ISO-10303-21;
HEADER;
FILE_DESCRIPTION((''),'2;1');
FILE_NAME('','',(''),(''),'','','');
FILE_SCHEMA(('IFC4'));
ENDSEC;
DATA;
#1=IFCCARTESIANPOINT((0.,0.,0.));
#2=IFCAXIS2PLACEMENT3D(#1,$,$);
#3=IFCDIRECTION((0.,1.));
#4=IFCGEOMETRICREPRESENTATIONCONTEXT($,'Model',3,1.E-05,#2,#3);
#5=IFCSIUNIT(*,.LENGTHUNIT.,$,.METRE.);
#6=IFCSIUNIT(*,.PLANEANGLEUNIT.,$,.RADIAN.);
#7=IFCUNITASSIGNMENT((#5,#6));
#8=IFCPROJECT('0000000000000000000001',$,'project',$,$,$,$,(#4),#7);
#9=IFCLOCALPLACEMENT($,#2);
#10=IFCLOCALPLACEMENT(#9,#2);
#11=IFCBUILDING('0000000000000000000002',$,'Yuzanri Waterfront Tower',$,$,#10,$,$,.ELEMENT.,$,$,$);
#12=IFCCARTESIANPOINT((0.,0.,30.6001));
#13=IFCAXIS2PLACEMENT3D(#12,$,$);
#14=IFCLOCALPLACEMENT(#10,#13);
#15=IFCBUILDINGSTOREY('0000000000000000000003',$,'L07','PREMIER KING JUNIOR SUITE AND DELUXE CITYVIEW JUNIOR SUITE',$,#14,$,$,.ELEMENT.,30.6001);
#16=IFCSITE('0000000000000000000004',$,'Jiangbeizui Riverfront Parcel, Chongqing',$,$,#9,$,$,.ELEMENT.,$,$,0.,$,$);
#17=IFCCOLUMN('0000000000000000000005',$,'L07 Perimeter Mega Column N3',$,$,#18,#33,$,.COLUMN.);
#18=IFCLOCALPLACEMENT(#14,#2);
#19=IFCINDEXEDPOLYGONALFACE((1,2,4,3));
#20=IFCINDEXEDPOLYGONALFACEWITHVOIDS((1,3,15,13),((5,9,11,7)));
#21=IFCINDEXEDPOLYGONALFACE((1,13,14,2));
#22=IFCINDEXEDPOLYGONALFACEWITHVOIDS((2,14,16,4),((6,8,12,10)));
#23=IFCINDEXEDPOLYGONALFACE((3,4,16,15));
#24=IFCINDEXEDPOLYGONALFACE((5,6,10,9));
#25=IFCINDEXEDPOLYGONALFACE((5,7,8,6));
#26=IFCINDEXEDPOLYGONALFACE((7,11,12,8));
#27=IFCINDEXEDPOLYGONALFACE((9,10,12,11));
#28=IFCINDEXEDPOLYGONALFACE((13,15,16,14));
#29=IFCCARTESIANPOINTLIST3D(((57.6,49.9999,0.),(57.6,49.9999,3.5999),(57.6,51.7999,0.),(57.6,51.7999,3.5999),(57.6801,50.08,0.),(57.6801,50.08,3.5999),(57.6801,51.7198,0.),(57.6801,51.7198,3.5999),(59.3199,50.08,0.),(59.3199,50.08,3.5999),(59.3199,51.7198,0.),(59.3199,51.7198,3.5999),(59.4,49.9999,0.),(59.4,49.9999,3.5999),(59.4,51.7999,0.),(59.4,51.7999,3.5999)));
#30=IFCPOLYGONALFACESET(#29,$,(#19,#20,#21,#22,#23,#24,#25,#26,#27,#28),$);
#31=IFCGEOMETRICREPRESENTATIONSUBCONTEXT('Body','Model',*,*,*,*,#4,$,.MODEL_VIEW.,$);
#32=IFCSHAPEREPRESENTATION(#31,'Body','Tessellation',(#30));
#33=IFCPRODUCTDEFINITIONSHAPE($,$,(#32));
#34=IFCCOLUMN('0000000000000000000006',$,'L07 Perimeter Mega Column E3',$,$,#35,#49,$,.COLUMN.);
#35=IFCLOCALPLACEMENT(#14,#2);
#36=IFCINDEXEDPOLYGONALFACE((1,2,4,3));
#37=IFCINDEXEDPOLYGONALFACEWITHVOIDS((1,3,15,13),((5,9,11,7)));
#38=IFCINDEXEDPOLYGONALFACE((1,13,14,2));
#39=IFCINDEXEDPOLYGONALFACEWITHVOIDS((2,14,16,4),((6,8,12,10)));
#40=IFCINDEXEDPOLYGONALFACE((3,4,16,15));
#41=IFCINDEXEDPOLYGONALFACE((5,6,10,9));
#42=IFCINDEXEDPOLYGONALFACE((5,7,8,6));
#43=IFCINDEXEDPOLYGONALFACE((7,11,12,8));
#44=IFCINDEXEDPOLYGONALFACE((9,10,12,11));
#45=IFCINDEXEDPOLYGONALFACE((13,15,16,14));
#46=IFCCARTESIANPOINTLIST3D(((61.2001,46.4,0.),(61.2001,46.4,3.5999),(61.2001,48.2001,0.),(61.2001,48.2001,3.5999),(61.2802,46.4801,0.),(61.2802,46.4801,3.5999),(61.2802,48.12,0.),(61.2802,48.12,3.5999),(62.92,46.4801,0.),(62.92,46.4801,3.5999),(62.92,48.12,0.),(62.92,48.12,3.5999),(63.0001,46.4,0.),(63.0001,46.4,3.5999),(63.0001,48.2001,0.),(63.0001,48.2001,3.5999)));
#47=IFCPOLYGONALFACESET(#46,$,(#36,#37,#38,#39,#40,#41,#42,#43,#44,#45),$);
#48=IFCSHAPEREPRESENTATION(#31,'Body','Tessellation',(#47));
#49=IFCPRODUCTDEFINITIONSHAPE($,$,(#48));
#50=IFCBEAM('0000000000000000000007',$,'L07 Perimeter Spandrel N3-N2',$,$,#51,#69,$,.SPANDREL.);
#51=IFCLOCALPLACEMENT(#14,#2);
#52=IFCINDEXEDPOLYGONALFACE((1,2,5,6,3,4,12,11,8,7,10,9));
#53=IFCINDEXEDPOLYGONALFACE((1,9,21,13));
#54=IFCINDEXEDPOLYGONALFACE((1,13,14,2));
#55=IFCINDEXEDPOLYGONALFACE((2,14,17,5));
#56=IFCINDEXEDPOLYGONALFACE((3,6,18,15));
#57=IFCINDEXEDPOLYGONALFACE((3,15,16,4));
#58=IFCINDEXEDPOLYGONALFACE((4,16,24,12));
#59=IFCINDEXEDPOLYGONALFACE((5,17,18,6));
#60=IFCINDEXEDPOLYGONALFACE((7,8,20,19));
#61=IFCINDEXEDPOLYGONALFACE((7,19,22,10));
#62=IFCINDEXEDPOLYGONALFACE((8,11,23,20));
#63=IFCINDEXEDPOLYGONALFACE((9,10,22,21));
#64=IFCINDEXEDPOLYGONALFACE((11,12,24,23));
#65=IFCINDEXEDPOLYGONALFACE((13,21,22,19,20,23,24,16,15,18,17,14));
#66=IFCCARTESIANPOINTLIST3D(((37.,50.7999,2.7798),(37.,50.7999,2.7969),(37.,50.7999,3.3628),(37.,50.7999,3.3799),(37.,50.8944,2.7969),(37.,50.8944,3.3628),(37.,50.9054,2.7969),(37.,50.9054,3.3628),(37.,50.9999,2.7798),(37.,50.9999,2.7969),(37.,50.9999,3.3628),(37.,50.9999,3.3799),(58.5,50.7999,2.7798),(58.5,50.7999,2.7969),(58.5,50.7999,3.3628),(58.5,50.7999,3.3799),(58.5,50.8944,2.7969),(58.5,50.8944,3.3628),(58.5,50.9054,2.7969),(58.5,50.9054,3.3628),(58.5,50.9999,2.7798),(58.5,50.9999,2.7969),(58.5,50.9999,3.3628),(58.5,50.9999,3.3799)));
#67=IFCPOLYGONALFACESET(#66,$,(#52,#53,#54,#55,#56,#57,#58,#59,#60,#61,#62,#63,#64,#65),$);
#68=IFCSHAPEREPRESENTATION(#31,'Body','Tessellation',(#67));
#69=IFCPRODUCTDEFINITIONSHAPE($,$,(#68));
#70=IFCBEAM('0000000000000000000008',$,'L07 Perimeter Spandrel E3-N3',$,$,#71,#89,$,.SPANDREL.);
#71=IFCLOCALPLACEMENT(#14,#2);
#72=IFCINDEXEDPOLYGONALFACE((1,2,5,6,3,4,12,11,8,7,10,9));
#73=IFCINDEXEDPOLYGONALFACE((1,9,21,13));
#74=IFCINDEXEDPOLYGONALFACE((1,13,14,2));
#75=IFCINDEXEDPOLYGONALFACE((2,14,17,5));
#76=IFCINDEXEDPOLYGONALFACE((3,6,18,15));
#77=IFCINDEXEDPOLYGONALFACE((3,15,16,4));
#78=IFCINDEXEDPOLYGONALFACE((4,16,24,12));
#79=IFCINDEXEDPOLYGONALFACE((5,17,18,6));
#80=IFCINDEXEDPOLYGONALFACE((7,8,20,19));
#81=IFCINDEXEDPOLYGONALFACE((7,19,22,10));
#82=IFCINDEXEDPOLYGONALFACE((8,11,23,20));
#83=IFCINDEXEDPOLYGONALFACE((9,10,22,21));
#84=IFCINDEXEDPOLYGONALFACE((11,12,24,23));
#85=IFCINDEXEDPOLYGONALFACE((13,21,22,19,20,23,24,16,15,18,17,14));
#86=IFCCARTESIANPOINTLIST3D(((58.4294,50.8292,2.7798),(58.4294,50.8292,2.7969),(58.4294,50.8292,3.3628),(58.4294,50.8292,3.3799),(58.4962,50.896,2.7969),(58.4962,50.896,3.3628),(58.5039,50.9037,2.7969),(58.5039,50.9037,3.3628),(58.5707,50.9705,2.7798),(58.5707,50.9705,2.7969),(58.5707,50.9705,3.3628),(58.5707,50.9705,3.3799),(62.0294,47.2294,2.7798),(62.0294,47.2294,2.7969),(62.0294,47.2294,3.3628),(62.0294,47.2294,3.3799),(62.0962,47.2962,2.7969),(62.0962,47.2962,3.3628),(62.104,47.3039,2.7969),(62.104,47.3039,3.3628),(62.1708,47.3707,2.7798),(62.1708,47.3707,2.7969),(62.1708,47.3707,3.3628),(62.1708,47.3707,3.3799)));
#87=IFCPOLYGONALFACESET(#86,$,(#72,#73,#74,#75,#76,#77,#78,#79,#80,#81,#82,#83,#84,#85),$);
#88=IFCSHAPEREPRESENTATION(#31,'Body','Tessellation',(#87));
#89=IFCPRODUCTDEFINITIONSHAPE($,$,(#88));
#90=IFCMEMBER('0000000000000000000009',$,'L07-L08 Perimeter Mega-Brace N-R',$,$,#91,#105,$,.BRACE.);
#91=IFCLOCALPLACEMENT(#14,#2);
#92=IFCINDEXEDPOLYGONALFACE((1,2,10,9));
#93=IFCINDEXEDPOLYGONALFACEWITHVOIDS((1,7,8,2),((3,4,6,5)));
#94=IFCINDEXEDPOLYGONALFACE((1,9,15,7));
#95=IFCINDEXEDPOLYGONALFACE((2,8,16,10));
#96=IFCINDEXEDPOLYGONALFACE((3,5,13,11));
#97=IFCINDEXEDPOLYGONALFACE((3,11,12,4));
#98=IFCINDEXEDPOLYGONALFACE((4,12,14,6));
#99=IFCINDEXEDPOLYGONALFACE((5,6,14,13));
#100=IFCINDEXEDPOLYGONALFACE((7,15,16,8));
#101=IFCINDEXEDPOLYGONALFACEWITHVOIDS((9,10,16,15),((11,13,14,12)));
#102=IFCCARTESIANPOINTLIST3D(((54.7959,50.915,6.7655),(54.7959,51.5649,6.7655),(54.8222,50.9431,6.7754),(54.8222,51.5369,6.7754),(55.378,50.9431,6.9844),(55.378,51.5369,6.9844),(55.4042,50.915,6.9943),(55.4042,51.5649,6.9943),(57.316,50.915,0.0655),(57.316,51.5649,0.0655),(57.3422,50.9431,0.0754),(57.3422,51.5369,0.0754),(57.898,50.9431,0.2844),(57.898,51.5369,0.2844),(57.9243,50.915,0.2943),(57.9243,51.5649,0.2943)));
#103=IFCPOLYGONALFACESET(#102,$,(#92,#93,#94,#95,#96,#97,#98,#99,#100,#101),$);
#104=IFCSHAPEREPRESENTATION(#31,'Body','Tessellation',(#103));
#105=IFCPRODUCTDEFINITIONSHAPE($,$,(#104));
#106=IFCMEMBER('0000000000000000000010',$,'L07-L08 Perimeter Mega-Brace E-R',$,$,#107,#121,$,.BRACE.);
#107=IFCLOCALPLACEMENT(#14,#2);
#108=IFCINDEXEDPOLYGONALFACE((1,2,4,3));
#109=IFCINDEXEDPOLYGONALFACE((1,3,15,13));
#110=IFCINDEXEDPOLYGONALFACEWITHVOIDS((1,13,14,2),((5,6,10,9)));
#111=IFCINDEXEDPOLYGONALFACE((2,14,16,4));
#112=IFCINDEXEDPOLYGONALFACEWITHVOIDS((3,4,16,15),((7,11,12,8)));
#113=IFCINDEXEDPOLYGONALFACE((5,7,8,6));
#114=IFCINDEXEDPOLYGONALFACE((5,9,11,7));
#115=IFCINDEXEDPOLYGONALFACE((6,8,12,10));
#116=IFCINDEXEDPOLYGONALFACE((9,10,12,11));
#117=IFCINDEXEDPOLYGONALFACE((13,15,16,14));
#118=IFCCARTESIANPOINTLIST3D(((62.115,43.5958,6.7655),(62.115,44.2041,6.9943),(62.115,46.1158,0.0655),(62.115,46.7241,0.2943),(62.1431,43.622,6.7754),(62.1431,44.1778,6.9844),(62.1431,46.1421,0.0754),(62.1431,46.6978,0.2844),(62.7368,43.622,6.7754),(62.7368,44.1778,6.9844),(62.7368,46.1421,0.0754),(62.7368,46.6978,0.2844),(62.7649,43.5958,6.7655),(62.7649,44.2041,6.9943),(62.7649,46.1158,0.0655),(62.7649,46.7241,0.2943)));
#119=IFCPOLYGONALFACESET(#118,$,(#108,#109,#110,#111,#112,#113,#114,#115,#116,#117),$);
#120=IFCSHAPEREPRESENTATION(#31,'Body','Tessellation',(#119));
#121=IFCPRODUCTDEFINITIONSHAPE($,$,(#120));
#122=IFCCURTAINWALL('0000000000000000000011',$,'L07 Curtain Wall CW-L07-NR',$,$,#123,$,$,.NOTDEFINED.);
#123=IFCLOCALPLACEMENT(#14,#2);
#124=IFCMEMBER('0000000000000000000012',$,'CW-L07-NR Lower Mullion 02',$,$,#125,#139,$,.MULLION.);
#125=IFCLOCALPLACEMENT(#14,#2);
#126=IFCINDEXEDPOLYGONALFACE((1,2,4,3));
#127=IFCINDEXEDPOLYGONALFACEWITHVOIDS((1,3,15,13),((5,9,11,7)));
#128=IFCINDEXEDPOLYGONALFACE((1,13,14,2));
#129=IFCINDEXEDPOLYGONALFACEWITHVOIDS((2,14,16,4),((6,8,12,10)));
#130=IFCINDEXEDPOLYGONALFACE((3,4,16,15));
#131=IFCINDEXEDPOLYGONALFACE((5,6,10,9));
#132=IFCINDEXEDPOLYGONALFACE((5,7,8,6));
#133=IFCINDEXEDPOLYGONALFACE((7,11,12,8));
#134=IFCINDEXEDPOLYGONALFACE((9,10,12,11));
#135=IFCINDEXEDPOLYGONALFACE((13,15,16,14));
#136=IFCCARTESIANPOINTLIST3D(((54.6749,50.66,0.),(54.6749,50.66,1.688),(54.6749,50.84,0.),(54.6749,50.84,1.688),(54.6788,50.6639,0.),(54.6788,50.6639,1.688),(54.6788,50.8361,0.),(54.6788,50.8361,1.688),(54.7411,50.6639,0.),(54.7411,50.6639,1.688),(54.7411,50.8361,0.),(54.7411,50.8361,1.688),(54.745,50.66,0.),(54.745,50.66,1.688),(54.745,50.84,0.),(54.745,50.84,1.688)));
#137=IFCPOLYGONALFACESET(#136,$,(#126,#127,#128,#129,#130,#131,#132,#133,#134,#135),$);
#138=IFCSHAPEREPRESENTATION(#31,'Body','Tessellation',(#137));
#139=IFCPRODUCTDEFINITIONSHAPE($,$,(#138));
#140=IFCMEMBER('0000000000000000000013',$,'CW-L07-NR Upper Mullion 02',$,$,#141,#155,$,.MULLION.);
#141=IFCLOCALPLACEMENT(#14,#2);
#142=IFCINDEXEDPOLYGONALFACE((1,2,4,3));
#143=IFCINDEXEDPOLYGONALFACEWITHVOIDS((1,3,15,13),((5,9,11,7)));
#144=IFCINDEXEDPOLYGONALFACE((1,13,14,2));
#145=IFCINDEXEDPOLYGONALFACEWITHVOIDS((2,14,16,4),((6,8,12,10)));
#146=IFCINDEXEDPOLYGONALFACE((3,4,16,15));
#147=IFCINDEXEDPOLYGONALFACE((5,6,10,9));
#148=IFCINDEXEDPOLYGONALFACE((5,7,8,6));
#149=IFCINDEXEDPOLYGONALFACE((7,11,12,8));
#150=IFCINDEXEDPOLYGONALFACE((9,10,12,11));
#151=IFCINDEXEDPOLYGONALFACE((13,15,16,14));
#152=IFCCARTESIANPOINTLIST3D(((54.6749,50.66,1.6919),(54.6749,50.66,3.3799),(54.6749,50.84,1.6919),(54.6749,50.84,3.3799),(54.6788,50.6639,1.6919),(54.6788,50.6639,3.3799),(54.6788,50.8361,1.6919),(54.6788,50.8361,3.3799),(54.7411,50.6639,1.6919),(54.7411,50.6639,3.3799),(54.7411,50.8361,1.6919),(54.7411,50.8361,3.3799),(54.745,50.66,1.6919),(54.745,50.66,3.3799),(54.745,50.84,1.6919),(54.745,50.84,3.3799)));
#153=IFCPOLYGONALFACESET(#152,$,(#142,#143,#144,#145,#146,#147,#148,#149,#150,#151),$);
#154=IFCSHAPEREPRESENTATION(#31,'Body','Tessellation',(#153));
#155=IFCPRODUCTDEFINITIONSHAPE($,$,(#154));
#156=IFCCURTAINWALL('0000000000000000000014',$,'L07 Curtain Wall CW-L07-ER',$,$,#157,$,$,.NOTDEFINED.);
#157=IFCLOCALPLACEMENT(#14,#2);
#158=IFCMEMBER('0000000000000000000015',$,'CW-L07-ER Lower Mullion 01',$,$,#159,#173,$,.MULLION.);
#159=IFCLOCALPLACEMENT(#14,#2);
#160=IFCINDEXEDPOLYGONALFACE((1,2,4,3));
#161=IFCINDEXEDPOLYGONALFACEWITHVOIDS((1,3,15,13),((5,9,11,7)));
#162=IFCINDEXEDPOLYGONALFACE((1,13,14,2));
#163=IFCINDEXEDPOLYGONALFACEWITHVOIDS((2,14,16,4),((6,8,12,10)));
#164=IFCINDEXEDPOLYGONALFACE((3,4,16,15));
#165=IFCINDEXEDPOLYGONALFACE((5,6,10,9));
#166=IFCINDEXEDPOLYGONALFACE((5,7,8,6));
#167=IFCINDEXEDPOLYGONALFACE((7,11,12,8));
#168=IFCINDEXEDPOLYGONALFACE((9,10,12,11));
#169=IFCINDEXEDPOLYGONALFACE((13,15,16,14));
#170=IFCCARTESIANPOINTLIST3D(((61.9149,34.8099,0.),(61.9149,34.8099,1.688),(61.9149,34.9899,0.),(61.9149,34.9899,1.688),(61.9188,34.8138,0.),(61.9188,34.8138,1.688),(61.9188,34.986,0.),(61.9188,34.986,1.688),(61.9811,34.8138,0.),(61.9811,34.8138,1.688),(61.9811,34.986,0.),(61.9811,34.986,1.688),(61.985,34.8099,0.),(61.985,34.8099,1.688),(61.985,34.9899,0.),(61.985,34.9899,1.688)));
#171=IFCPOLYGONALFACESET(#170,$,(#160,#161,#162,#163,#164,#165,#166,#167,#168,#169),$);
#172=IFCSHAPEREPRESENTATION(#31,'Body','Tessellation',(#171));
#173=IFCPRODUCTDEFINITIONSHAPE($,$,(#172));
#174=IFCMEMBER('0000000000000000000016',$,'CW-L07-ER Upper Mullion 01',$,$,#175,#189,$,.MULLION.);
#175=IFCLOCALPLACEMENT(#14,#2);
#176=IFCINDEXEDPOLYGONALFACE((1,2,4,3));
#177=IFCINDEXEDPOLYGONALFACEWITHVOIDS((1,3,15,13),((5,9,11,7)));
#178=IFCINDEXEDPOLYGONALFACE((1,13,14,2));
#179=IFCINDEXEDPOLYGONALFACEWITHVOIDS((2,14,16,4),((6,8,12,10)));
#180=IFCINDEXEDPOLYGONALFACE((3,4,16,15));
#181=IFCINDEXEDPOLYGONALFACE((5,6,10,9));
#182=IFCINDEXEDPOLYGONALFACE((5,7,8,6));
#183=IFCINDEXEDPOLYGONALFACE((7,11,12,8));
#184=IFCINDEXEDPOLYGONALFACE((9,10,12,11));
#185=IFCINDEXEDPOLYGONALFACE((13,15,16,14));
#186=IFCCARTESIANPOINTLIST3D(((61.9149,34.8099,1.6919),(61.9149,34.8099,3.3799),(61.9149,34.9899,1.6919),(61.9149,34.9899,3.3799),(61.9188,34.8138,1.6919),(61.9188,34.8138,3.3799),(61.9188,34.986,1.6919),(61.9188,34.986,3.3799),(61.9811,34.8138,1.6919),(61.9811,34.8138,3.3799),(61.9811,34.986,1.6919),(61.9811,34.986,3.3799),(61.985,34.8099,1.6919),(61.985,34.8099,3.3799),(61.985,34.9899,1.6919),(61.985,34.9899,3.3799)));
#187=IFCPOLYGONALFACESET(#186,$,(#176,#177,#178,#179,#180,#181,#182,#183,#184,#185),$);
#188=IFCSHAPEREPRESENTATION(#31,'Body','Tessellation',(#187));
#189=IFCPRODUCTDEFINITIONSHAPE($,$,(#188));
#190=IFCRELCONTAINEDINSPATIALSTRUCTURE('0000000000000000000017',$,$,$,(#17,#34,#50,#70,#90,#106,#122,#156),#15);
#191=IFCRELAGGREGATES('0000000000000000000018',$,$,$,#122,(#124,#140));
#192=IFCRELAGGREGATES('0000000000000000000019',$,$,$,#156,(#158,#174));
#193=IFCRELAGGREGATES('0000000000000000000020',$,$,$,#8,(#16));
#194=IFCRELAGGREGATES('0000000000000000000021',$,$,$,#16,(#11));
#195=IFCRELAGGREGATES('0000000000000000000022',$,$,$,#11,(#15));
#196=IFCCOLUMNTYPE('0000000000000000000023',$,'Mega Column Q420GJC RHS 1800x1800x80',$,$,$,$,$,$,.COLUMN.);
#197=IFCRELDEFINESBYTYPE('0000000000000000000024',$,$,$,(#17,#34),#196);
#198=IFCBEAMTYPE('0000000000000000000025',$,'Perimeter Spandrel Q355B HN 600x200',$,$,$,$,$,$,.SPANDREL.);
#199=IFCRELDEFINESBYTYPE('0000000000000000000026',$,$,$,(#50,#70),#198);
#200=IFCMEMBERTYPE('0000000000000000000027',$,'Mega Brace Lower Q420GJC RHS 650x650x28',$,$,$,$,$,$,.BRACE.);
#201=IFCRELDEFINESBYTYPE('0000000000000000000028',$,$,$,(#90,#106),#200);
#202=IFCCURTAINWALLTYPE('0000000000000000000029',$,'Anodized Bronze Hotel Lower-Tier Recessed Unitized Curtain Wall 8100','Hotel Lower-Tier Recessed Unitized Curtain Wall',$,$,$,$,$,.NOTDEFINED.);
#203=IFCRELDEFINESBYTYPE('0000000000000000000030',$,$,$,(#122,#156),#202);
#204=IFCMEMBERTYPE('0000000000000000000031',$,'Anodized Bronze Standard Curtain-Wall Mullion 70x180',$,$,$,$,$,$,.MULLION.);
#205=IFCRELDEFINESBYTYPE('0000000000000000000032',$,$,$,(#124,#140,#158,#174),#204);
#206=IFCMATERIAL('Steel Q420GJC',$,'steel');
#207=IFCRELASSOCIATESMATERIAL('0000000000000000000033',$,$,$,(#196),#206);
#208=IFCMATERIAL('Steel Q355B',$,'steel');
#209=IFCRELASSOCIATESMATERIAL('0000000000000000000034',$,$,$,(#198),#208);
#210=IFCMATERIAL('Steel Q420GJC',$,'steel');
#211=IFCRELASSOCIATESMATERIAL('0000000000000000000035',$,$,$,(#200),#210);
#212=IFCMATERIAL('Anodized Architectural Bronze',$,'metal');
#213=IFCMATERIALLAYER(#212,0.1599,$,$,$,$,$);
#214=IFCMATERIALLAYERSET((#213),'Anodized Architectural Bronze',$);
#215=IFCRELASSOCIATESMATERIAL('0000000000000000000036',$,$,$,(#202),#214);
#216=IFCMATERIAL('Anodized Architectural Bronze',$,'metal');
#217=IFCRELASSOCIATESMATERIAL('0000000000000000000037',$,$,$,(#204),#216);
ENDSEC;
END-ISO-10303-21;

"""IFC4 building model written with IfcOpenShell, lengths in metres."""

from ifc_helpers import new_model, si_unit, direction, frame, origin, origin_2d, place, context, subcontext, project, spatial, hollow_rectangle, i_section, extrude, source, transform, mapped, material, layer, layer_set, material_profile, profile_set, type_object, element, aggregate, save


model = new_model("IFC4")

# Units and contexts
model_context = context("Model", 3, precision=1e-05, world=origin(), true_north=direction((0.0, 1.0)))
body_context = subcontext(model_context, "Body", "Model", "MODEL_VIEW")
ifc_project = project(units=[si_unit("LENGTHUNIT", "METRE"), si_unit("PLANEANGLEUNIT", "RADIAN")], contexts=[model_context])

# Site, building, storey
site_placement = place(None, origin())
site = spatial("IfcSite", under=ifc_project, at=site_placement, Name="Jiangbeizui Riverfront Parcel, Chongqing", CompositionType="ELEMENT", RefElevation=0.0)
building_placement = place(site_placement, origin())
building = spatial("IfcBuilding", under=site, at=building_placement, Name="Yuzanri Waterfront Tower", CompositionType="ELEMENT")
storey_placement = place(building_placement, frame((0.0, 0.0, 30.6001)))
storey = spatial("IfcBuildingStorey", under=building, at=storey_placement, Name="L07", Description="PREMIER KING JUNIOR SUITE AND DELUXE CITYVIEW JUNIOR SUITE", CompositionType="ELEMENT", Elevation=30.6001)

# Columns
ifc_material_1 = material(Name="Steel Q420GJC", Category="steel")
ifc_material_profile_1 = material_profile(ifc_material_1, hollow_rectangle(XDim=1.8, YDim=1.8, WallThickness=0.0801, at=origin_2d()), Name="RHS 1800x1800x80")
ifc_profile_set_1 = profile_set([ifc_material_profile_1], Name="Steel Q420GJC")
column_type = type_object("IfcColumnType", Name="Mega Column Q420GJC RHS 1800x1800x80", PredefinedType="COLUMN", material=ifc_profile_set_1)
shared_shape_1 = source(origin(), body_context, "Body", "SweptSolid", [
    extrude(hollow_rectangle(XDim=1.8, YDim=1.8, WallThickness=0.0801, at=origin_2d()), origin(), (0.0, 0.0, 1.0), 3.5999),
])
for number, where, z_axis, x_axis, name in (
    (1, (58.5, 50.8999, 0.0), (0.0, 0.0, 1.0), (1.0, 0.0, 0.0), "L07 Perimeter Mega Column N3"),
    (2, (62.1001, 47.3, 0.0), (0.0, 0.0, 1.0), (1.0, 0.0, 0.0), "L07 Perimeter Mega Column E3"),
):
    element("IfcColumn", number, at=place(storey_placement, frame(where, z_axis=z_axis, x_axis=x_axis)), inside=storey, type_object=column_type, Name=name, PredefinedType="COLUMN", context=body_context, shape_type="MappedRepresentation", body=[
        mapped(shared_shape_1, transform((0.0, 0.0, 0.0), scale=1.0)),
    ])

# Beams
ifc_material_2 = material(Name="Steel Q355B", Category="steel")
ifc_material_profile_2 = material_profile(ifc_material_2, i_section(OverallWidth=0.2, OverallDepth=0.6001, WebThickness=0.011, FlangeThickness=0.0171, at=origin_2d()), Name="HN 600x200x11x17")
ifc_profile_set_2 = profile_set([ifc_material_profile_2], Name="Steel Q355B")
beam_type = type_object("IfcBeamType", Name="Perimeter Spandrel Q355B HN 600x200", PredefinedType="SPANDREL", material=ifc_profile_set_2)
shared_shape_2 = source(origin(), body_context, "Body", "SweptSolid", [
    extrude(i_section(OverallWidth=0.2, OverallDepth=0.6001, WebThickness=0.011, FlangeThickness=0.0171, at=origin_2d()), origin(), (0.0, 0.0, 1.0), 21.5),
])
beam_1_placement = place(storey_placement, frame((58.5, 50.8999, 3.0798), z_axis=(-1.0, 0.0, 0.0), x_axis=(0.0, -1.0, 0.0)))
element("IfcBeam", 3, at=beam_1_placement, inside=storey, type_object=beam_type, Name="L07 Perimeter Spandrel N3-N2", PredefinedType="SPANDREL", context=body_context, shape_type="MappedRepresentation", body=[
    mapped(shared_shape_2, transform((0.0, 0.0, 0.0), scale=1.0)),
])
shared_shape_3 = source(origin(), body_context, "Body", "SweptSolid", [
    extrude(i_section(OverallWidth=0.2, OverallDepth=0.6001, WebThickness=0.011, FlangeThickness=0.0171, at=origin_2d()), origin(), (0.0, 0.0, 1.0), 5.0911),
])
beam_2_placement = place(storey_placement, frame((62.1001, 47.3, 3.0798), z_axis=(-0.707131, 0.707083, 0.0), x_axis=(-0.707083, -0.707131, 0.0)))
element("IfcBeam", 4, at=beam_2_placement, inside=storey, type_object=beam_type, Name="L07 Perimeter Spandrel E3-N3", PredefinedType="SPANDREL", context=body_context, shape_type="MappedRepresentation", body=[
    mapped(shared_shape_3, transform((0.0, 0.0, 0.0), scale=1.0)),
])

# Members
ifc_material_3 = material(Name="Steel Q420GJC", Category="steel")
ifc_material_profile_3 = material_profile(ifc_material_3, hollow_rectangle(XDim=0.6499, YDim=0.6499, WallThickness=0.0281, at=origin_2d()), Name="RHS 650x650x28")
ifc_profile_set_3 = profile_set([ifc_material_profile_3], Name="Steel Q420GJC")
member_type_1 = type_object("IfcMemberType", Name="Mega Brace Lower Q420GJC RHS 650x650x28", PredefinedType="BRACE", material=ifc_profile_set_3)
shared_shape_4 = source(origin(), body_context, "Body", "SweptSolid", [
    extrude(hollow_rectangle(XDim=0.6499, YDim=0.6499, WallThickness=0.0281, at=origin_2d()), origin(), (0.0, 0.0, 1.0), 7.1582),
])
for number, where, z_axis, x_axis, name in (
    (5, (57.6201, 51.24, 0.1799), (-0.352046, 0.0, 0.935983), (0.0, -1.0, 0.0), "L07-L08 Perimeter Mega-Brace N-R"),
    (6, (62.4399, 46.4199, 0.1799), (0.0, -0.352046, 0.935983), (1.0, 0.0, 0.0), "L07-L08 Perimeter Mega-Brace E-R"),
):
    element("IfcMember", number, at=place(storey_placement, frame(where, z_axis=z_axis, x_axis=x_axis)), inside=storey, type_object=member_type_1, Name=name, PredefinedType="BRACE", context=body_context, shape_type="MappedRepresentation", body=[
        mapped(shared_shape_4, transform((0.0, 0.0, 0.0), scale=1.0)),
    ])

# Curtain walls, members
ifc_material_4 = material(Name="Anodized Architectural Bronze", Category="metal")
ifc_layer_1 = layer(ifc_material_4, 0.1599)
ifc_layer_set_1 = layer_set([ifc_layer_1], Name="Anodized Architectural Bronze")
curtain_wall_type = type_object("IfcCurtainWallType", Name="Anodized Bronze Hotel Lower-Tier Recessed Unitized Curtain Wall 8100", Description="Hotel Lower-Tier Recessed Unitized Curtain Wall", PredefinedType="NOTDEFINED", material=ifc_layer_set_1)
curtain_wall_1_placement = place(storey_placement, origin())
curtain_wall_1 = element("IfcCurtainWall", 7, at=curtain_wall_1_placement, inside=storey, type_object=curtain_wall_type, Name="L07 Curtain Wall CW-L07-NR", PredefinedType="NOTDEFINED")
ifc_material_5 = material(Name="Anodized Architectural Bronze", Category="metal")
ifc_material_profile_4 = material_profile(ifc_material_5, hollow_rectangle(XDim=0.0701, YDim=0.1799, WallThickness=0.0039, at=origin_2d()), Name="CWM 70x180")
ifc_profile_set_4 = profile_set([ifc_material_profile_4], Name="Anodized Architectural Bronze")
member_type_2 = type_object("IfcMemberType", Name="Anodized Bronze Standard Curtain-Wall Mullion 70x180", PredefinedType="MULLION", material=ifc_profile_set_4)
shared_shape_5 = source(origin(), body_context, "Body", "SweptSolid", [
    extrude(hollow_rectangle(XDim=0.0701, YDim=0.1799, WallThickness=0.0039, at=origin_2d()), origin(), (0.0, 0.0, 1.0), 1.688),
])
member_1_placement = place(storey_placement, frame((54.71, 50.75, 0.0), z_axis=(0.0, 0.0, 1.0), x_axis=(1.0, 0.0, 0.0)))
member_1 = element("IfcMember", 8, at=member_1_placement, type_object=member_type_2, Name="CW-L07-NR Lower Mullion 02", PredefinedType="MULLION", context=body_context, shape_type="MappedRepresentation", body=[
    mapped(shared_shape_5, transform((0.0, 0.0, 0.0), scale=1.0)),
])
member_2_placement = place(storey_placement, frame((54.71, 50.75, 1.6919), z_axis=(0.0, 0.0, 1.0), x_axis=(1.0, 0.0, 0.0)))
member_2 = element("IfcMember", 9, at=member_2_placement, type_object=member_type_2, Name="CW-L07-NR Upper Mullion 02", PredefinedType="MULLION", context=body_context, shape_type="MappedRepresentation", body=[
    mapped(shared_shape_5, transform((0.0, 0.0, 0.0), scale=1.0)),
])
aggregate(curtain_wall_1, [member_1, member_2])
curtain_wall_2_placement = place(storey_placement, origin())
curtain_wall_2 = element("IfcCurtainWall", 10, at=curtain_wall_2_placement, inside=storey, type_object=curtain_wall_type, Name="L07 Curtain Wall CW-L07-ER", PredefinedType="NOTDEFINED")
member_3_placement = place(storey_placement, frame((61.95, 34.8999, 0.0), z_axis=(0.0, 0.0, 1.0), x_axis=(1.0, 0.0, 0.0)))
member_3 = element("IfcMember", 11, at=member_3_placement, type_object=member_type_2, Name="CW-L07-ER Lower Mullion 01", PredefinedType="MULLION", context=body_context, shape_type="MappedRepresentation", body=[
    mapped(shared_shape_5, transform((0.0, 0.0, 0.0), scale=1.0)),
])
member_4_placement = place(storey_placement, frame((61.95, 34.8999, 1.6919), z_axis=(0.0, 0.0, 1.0), x_axis=(1.0, 0.0, 0.0)))
member_4 = element("IfcMember", 12, at=member_4_placement, type_object=member_type_2, Name="CW-L07-ER Upper Mullion 01", PredefinedType="MULLION", context=body_context, shape_type="MappedRepresentation", body=[
    mapped(shared_shape_5, transform((0.0, 0.0, 0.0), scale=1.0)),
])

aggregate(curtain_wall_2, [member_3, member_4])

save(model, "model.ifc")
